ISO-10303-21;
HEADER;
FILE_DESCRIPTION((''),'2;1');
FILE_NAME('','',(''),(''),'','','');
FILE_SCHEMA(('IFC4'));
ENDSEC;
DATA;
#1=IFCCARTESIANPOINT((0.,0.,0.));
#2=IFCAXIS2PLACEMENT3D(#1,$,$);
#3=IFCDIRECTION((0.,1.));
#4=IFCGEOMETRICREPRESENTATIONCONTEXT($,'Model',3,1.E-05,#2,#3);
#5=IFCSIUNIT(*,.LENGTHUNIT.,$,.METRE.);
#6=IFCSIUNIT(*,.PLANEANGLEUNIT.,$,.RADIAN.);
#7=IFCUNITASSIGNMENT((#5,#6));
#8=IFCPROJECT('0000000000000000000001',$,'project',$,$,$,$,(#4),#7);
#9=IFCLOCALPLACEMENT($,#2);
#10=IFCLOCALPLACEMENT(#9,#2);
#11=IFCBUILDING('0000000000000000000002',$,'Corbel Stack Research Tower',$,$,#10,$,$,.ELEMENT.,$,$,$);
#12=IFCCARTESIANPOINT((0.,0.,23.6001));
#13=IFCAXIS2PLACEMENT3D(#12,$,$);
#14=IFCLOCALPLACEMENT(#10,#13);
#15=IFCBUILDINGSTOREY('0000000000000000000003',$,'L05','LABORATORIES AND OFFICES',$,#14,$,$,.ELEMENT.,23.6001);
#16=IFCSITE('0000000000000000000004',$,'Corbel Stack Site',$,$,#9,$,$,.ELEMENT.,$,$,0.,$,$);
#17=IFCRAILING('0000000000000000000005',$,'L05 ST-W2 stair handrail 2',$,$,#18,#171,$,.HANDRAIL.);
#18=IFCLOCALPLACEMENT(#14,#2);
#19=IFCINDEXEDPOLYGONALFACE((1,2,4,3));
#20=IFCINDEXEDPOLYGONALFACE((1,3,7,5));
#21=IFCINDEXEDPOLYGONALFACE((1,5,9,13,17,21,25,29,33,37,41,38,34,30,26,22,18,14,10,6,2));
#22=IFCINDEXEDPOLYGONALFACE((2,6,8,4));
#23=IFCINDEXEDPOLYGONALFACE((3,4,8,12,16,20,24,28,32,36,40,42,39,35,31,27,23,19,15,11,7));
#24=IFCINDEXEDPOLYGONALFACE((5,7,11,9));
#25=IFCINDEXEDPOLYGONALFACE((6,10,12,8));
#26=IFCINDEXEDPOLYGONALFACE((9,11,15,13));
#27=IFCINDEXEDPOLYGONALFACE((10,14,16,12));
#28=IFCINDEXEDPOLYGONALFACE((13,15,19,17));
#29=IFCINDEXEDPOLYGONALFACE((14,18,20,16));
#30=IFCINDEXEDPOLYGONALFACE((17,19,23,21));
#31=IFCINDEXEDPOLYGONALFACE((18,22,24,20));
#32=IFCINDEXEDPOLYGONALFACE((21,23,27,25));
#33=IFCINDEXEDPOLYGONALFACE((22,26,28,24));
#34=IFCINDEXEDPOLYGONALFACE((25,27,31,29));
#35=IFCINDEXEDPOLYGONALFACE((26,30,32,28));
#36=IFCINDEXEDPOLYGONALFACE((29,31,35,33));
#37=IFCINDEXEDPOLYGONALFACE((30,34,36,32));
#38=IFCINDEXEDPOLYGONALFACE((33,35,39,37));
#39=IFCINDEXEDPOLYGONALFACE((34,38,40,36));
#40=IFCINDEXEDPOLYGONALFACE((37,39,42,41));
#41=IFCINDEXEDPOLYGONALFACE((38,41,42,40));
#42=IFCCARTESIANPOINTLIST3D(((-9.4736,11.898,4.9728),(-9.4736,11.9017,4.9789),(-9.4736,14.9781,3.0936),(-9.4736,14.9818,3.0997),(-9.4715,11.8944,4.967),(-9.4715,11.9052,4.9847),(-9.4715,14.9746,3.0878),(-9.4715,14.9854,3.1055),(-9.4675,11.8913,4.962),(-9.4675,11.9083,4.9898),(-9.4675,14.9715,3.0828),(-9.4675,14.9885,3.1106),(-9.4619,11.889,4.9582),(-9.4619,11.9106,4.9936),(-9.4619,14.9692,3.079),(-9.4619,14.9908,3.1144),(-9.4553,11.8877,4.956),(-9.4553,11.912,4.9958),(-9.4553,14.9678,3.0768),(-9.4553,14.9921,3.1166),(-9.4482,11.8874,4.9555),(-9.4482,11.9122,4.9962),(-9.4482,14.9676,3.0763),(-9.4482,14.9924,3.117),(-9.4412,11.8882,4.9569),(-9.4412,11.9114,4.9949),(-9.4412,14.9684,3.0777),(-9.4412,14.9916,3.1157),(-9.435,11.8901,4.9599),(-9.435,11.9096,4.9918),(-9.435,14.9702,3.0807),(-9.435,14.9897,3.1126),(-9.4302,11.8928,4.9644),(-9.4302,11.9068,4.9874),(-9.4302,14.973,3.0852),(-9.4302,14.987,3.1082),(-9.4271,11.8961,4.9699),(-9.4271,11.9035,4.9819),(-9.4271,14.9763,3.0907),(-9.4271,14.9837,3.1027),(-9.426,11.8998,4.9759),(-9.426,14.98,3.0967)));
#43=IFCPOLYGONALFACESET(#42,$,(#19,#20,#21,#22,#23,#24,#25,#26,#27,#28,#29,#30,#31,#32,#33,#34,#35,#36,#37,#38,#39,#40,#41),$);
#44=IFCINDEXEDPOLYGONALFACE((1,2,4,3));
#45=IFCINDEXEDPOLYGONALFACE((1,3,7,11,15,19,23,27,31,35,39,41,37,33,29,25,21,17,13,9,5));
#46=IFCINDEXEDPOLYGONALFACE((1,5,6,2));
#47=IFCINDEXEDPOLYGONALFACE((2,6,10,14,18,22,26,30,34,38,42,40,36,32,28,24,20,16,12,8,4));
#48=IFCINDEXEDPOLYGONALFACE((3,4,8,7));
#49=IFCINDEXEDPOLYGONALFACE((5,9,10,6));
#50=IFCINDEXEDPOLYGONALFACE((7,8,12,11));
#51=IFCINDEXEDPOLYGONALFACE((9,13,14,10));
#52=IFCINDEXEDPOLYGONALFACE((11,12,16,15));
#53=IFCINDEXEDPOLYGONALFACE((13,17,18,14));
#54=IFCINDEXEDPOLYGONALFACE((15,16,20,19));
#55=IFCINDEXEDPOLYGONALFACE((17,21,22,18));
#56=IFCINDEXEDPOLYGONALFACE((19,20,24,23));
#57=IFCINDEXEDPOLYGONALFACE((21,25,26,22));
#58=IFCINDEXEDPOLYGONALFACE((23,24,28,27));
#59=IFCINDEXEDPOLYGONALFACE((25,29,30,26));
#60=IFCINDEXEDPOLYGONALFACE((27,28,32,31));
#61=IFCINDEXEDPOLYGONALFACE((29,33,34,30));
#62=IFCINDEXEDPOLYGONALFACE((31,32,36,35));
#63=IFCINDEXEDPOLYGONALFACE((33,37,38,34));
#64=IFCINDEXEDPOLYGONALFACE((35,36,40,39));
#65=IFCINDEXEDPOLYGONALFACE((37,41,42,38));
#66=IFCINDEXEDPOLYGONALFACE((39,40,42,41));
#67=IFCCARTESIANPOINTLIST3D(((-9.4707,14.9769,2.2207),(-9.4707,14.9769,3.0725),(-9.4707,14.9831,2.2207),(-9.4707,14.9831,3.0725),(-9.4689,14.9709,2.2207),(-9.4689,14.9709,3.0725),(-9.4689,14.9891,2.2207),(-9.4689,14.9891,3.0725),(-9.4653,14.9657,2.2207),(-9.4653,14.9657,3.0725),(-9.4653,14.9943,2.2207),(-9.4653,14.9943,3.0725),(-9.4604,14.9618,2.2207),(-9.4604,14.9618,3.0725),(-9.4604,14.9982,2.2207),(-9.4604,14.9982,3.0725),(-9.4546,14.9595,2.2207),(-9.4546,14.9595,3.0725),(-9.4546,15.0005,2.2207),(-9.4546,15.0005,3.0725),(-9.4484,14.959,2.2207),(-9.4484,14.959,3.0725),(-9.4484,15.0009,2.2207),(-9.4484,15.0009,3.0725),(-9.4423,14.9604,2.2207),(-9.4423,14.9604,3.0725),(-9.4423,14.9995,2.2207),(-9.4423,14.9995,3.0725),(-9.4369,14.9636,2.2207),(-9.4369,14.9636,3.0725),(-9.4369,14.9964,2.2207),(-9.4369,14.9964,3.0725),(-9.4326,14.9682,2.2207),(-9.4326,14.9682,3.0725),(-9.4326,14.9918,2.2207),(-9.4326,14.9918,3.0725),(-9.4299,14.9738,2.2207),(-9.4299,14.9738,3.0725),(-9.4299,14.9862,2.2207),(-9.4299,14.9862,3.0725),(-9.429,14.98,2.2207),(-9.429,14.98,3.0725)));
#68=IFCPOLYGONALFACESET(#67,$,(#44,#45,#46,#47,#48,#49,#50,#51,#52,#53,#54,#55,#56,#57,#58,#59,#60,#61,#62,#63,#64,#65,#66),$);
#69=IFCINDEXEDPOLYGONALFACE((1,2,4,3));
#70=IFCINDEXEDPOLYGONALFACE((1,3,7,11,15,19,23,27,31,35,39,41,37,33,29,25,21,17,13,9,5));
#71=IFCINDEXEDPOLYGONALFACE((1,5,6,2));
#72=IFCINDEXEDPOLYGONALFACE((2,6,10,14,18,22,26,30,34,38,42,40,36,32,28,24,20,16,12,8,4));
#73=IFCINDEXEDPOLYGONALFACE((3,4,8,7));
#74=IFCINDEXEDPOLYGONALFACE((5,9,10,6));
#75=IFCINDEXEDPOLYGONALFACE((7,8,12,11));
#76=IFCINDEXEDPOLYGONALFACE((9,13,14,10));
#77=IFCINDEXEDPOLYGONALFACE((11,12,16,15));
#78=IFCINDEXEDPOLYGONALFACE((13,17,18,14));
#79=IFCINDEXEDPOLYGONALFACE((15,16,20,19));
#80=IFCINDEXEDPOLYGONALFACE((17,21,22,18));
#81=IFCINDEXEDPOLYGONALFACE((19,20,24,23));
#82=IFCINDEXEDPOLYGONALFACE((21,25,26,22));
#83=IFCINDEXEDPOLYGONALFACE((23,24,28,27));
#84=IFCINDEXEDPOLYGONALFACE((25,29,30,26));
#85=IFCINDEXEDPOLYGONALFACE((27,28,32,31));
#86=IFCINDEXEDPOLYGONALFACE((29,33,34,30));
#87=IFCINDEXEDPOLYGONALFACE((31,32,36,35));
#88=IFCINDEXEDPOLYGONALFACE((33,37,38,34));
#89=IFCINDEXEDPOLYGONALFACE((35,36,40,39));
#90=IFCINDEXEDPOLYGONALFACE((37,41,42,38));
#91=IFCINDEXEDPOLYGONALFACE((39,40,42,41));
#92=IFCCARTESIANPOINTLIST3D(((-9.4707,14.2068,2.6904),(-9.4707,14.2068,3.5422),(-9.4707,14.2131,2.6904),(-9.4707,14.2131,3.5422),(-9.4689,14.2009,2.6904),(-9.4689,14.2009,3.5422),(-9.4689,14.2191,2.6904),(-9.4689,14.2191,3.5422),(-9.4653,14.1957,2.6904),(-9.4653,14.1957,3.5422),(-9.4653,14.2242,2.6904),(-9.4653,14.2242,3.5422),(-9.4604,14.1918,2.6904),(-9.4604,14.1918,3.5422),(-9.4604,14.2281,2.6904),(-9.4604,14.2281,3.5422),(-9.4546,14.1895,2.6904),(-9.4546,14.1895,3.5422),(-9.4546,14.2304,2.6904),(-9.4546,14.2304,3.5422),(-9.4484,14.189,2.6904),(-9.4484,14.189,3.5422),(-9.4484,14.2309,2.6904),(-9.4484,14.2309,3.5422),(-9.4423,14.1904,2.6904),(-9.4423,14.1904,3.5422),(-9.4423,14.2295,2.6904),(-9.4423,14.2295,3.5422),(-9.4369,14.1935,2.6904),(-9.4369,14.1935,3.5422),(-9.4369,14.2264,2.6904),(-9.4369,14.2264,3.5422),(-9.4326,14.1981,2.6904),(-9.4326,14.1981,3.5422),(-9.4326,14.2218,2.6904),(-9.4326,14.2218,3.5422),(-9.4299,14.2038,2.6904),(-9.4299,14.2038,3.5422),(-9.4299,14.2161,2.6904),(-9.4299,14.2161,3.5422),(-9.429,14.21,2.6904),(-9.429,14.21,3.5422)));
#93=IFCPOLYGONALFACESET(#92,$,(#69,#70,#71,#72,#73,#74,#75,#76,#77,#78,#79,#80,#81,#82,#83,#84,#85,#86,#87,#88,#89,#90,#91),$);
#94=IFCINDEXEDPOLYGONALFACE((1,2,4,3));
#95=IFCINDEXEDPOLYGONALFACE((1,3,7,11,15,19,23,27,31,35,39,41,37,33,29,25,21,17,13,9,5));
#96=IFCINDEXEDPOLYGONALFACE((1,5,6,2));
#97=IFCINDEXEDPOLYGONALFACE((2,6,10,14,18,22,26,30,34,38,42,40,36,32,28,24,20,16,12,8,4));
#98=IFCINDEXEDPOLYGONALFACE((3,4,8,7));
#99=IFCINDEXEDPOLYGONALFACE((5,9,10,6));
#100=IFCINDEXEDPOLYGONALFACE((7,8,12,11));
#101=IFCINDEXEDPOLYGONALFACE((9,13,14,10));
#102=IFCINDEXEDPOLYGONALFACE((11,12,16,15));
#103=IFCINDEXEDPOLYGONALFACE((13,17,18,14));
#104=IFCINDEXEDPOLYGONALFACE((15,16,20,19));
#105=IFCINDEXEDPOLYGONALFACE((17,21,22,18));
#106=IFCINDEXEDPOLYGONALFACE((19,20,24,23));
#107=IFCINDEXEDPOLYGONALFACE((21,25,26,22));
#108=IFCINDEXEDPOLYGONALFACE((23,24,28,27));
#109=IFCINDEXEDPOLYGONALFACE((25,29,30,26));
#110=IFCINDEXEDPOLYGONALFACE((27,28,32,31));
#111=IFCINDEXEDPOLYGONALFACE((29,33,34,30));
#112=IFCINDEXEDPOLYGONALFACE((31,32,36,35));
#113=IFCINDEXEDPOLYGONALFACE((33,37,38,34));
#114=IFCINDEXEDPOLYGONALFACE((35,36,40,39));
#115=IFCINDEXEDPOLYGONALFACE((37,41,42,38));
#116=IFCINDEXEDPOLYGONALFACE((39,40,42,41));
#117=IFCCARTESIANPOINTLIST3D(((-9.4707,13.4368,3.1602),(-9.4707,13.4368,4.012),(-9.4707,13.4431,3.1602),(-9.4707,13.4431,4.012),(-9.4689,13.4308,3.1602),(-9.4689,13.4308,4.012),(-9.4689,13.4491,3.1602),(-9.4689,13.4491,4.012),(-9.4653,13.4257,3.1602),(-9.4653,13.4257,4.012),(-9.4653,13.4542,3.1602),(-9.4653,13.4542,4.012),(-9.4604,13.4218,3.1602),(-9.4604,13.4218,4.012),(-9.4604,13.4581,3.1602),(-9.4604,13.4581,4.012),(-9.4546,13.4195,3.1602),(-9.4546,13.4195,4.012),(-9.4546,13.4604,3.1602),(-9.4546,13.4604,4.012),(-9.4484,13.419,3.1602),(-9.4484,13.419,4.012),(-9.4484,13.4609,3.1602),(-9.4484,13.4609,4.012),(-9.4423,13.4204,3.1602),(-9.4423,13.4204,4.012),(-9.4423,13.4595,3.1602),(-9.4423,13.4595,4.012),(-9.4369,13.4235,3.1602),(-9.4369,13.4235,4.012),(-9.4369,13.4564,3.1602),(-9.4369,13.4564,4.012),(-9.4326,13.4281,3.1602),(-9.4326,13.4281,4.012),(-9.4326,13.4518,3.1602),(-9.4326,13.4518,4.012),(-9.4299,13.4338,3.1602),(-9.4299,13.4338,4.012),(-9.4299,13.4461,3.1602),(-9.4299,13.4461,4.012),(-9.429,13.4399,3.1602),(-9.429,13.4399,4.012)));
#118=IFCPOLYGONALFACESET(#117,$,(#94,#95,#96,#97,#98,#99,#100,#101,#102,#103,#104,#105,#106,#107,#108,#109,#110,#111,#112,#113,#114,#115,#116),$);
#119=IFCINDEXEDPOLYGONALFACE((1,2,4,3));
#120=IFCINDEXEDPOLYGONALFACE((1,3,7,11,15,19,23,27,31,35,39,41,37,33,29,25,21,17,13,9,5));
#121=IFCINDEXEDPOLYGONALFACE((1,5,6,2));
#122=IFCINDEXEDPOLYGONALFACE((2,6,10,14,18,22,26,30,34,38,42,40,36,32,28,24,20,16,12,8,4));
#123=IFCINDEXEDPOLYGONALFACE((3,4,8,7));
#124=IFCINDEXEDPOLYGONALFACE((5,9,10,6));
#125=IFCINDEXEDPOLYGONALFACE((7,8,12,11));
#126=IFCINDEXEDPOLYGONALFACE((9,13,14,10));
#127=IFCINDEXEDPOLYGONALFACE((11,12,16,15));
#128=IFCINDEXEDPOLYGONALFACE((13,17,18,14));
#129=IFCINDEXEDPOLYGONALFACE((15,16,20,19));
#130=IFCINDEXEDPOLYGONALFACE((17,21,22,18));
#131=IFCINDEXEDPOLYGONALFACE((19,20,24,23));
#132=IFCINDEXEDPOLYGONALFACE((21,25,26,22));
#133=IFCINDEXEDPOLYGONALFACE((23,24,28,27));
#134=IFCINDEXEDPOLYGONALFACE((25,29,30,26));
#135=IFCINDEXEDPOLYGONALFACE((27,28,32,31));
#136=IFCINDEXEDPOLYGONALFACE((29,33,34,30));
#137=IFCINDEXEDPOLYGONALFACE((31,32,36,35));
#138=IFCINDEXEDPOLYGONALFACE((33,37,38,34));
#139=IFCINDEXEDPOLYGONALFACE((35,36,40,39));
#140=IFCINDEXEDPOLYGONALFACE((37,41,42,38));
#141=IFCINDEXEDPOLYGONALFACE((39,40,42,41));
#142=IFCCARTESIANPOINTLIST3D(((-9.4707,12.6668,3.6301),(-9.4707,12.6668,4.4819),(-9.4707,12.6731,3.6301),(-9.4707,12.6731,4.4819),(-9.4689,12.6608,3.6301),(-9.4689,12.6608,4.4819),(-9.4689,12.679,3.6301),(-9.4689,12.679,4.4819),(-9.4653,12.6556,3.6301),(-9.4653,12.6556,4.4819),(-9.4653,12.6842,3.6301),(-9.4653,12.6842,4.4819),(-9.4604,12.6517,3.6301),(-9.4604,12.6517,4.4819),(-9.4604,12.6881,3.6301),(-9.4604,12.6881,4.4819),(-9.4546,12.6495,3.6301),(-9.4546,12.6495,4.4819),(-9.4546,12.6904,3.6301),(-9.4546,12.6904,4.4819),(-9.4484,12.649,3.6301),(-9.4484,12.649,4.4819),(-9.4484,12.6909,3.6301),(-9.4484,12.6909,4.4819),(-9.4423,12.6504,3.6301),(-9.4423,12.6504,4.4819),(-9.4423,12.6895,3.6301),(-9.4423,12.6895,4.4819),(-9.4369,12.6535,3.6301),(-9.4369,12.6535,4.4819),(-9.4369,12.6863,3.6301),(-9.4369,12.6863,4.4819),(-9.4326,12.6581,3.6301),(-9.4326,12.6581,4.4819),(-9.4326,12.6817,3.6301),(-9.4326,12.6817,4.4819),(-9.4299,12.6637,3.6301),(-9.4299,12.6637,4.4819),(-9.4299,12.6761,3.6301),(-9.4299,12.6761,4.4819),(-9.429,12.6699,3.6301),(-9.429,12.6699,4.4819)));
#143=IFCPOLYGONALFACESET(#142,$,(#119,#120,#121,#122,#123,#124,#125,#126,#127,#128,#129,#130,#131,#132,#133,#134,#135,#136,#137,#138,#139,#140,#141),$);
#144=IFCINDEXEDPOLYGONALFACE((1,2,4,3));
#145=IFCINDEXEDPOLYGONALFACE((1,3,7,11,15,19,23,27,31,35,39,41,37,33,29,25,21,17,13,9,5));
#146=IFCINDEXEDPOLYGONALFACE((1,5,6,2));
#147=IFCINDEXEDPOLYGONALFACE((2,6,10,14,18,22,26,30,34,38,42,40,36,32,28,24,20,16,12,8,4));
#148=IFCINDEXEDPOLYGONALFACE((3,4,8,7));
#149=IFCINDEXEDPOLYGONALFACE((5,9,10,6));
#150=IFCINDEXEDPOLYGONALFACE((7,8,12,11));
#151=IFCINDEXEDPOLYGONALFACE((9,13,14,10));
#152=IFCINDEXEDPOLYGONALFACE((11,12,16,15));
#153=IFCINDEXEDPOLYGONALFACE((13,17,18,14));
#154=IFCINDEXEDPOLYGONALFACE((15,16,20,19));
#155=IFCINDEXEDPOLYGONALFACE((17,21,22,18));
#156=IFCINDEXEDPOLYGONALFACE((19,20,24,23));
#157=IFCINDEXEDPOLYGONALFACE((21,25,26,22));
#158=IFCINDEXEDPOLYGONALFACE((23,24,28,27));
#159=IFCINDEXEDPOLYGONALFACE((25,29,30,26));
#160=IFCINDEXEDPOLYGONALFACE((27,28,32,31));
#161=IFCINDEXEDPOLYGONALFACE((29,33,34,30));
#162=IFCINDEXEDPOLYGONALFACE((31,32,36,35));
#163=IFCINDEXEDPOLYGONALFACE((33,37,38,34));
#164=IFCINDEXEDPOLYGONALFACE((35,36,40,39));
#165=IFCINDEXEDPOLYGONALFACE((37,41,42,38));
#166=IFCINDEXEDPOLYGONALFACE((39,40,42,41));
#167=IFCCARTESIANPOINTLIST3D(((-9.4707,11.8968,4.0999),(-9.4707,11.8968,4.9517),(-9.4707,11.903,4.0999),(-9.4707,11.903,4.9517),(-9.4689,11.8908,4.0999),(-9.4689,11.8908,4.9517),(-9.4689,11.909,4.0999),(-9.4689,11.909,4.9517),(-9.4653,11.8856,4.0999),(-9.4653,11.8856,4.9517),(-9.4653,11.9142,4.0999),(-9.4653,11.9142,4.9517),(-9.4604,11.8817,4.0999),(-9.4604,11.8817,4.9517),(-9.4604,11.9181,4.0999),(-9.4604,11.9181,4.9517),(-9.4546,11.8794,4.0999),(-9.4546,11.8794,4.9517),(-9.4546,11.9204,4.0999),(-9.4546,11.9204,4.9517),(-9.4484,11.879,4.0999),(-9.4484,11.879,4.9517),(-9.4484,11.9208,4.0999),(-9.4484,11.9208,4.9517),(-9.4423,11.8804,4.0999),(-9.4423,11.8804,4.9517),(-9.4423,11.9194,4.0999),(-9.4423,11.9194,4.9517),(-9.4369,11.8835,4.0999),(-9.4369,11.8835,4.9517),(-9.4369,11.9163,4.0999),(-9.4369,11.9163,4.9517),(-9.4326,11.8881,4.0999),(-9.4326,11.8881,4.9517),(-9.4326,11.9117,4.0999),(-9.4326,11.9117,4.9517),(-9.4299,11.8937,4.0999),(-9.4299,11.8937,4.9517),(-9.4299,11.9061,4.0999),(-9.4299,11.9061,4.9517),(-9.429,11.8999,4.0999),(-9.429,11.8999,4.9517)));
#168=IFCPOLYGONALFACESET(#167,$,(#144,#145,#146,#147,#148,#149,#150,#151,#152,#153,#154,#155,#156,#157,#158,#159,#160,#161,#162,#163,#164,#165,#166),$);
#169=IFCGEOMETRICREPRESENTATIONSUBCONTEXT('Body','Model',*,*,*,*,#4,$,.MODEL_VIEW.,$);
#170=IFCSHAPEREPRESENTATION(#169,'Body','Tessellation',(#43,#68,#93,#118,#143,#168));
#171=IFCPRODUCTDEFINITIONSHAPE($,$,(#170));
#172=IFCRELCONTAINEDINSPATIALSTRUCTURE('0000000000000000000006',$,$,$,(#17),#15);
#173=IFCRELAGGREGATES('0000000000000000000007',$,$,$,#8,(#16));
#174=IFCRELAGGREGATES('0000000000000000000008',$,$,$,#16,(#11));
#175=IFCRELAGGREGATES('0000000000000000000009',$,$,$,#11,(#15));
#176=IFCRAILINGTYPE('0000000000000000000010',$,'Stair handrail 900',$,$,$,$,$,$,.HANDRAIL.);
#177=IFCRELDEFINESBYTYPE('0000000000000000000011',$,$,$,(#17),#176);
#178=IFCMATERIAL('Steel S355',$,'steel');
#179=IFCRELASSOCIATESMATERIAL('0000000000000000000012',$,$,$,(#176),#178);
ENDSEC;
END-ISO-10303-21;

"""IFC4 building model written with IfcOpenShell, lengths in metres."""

from ifc_helpers import new_model, si_unit, direction, frame, origin, origin_2d, place, context, subcontext, project, spatial, circle, extrude, material, type_object, element, save


model = new_model("IFC4")

# Units and contexts
model_context = context("Model", 3, precision=1e-05, world=origin(), true_north=direction((0.0, 1.0)))
body_context = subcontext(model_context, "Body", "Model", "MODEL_VIEW")
ifc_project = project(units=[si_unit("LENGTHUNIT", "METRE"), si_unit("PLANEANGLEUNIT", "RADIAN")], contexts=[model_context])

# Site, building, storey
site_placement = place(None, origin())
site = spatial("IfcSite", under=ifc_project, at=site_placement, Name="Corbel Stack Site", CompositionType="ELEMENT", RefElevation=0.0)
building_placement = place(site_placement, origin())
building = spatial("IfcBuilding", under=site, at=building_placement, Name="Corbel Stack Research Tower", CompositionType="ELEMENT")
storey_placement = place(building_placement, frame((0.0, 0.0, 23.6001)))
storey = spatial("IfcBuildingStorey", under=building, at=storey_placement, Name="L05", Description="LABORATORIES AND OFFICES", CompositionType="ELEMENT", Elevation=23.6001)

# Railing
ifc_material_1 = material(Name="Steel S355", Category="steel")
railing_type_1 = type_object("IfcRailingType", Name="Stair handrail 900", PredefinedType="HANDRAIL", material=ifc_material_1)
railing_1_placement = place(storey_placement, frame((-9.45, 14.98, 2.2207)))
element("IfcRailing", 1, at=railing_1_placement, inside=storey, type_object=railing_type_1, Name="L05 ST-W2 stair handrail 2", PredefinedType="HANDRAIL", context=body_context, shape_type="SweptSolid", body=[
    extrude(circle(Radius=0.0239, at=origin_2d()), frame((0.0, 0.0, 0.876), z_axis=(0.0, -0.853666, 0.52082), x_axis=(1.0, 0.0, 0.0)), (0.0, 0.0, 1.0), 3.6082),
    extrude(circle(Radius=0.021, at=origin_2d()), origin(), (0.0, 0.0, 1.0), 0.8518),
    extrude(circle(Radius=0.021, at=origin_2d()), frame((0.0, -0.77, 0.4697)), (0.0, 0.0, 1.0), 0.8518),
    extrude(circle(Radius=0.021, at=origin_2d()), frame((0.0, -1.54, 0.9395)), (0.0, 0.0, 1.0), 0.8518),
    extrude(circle(Radius=0.021, at=origin_2d()), frame((0.0, -2.3101, 1.4094)), (0.0, 0.0, 1.0), 0.8518),
    extrude(circle(Radius=0.021, at=origin_2d()), frame((0.0, -3.0801, 1.8792)), (0.0, 0.0, 1.0), 0.8518),
])

save(model, "model.ifc")
